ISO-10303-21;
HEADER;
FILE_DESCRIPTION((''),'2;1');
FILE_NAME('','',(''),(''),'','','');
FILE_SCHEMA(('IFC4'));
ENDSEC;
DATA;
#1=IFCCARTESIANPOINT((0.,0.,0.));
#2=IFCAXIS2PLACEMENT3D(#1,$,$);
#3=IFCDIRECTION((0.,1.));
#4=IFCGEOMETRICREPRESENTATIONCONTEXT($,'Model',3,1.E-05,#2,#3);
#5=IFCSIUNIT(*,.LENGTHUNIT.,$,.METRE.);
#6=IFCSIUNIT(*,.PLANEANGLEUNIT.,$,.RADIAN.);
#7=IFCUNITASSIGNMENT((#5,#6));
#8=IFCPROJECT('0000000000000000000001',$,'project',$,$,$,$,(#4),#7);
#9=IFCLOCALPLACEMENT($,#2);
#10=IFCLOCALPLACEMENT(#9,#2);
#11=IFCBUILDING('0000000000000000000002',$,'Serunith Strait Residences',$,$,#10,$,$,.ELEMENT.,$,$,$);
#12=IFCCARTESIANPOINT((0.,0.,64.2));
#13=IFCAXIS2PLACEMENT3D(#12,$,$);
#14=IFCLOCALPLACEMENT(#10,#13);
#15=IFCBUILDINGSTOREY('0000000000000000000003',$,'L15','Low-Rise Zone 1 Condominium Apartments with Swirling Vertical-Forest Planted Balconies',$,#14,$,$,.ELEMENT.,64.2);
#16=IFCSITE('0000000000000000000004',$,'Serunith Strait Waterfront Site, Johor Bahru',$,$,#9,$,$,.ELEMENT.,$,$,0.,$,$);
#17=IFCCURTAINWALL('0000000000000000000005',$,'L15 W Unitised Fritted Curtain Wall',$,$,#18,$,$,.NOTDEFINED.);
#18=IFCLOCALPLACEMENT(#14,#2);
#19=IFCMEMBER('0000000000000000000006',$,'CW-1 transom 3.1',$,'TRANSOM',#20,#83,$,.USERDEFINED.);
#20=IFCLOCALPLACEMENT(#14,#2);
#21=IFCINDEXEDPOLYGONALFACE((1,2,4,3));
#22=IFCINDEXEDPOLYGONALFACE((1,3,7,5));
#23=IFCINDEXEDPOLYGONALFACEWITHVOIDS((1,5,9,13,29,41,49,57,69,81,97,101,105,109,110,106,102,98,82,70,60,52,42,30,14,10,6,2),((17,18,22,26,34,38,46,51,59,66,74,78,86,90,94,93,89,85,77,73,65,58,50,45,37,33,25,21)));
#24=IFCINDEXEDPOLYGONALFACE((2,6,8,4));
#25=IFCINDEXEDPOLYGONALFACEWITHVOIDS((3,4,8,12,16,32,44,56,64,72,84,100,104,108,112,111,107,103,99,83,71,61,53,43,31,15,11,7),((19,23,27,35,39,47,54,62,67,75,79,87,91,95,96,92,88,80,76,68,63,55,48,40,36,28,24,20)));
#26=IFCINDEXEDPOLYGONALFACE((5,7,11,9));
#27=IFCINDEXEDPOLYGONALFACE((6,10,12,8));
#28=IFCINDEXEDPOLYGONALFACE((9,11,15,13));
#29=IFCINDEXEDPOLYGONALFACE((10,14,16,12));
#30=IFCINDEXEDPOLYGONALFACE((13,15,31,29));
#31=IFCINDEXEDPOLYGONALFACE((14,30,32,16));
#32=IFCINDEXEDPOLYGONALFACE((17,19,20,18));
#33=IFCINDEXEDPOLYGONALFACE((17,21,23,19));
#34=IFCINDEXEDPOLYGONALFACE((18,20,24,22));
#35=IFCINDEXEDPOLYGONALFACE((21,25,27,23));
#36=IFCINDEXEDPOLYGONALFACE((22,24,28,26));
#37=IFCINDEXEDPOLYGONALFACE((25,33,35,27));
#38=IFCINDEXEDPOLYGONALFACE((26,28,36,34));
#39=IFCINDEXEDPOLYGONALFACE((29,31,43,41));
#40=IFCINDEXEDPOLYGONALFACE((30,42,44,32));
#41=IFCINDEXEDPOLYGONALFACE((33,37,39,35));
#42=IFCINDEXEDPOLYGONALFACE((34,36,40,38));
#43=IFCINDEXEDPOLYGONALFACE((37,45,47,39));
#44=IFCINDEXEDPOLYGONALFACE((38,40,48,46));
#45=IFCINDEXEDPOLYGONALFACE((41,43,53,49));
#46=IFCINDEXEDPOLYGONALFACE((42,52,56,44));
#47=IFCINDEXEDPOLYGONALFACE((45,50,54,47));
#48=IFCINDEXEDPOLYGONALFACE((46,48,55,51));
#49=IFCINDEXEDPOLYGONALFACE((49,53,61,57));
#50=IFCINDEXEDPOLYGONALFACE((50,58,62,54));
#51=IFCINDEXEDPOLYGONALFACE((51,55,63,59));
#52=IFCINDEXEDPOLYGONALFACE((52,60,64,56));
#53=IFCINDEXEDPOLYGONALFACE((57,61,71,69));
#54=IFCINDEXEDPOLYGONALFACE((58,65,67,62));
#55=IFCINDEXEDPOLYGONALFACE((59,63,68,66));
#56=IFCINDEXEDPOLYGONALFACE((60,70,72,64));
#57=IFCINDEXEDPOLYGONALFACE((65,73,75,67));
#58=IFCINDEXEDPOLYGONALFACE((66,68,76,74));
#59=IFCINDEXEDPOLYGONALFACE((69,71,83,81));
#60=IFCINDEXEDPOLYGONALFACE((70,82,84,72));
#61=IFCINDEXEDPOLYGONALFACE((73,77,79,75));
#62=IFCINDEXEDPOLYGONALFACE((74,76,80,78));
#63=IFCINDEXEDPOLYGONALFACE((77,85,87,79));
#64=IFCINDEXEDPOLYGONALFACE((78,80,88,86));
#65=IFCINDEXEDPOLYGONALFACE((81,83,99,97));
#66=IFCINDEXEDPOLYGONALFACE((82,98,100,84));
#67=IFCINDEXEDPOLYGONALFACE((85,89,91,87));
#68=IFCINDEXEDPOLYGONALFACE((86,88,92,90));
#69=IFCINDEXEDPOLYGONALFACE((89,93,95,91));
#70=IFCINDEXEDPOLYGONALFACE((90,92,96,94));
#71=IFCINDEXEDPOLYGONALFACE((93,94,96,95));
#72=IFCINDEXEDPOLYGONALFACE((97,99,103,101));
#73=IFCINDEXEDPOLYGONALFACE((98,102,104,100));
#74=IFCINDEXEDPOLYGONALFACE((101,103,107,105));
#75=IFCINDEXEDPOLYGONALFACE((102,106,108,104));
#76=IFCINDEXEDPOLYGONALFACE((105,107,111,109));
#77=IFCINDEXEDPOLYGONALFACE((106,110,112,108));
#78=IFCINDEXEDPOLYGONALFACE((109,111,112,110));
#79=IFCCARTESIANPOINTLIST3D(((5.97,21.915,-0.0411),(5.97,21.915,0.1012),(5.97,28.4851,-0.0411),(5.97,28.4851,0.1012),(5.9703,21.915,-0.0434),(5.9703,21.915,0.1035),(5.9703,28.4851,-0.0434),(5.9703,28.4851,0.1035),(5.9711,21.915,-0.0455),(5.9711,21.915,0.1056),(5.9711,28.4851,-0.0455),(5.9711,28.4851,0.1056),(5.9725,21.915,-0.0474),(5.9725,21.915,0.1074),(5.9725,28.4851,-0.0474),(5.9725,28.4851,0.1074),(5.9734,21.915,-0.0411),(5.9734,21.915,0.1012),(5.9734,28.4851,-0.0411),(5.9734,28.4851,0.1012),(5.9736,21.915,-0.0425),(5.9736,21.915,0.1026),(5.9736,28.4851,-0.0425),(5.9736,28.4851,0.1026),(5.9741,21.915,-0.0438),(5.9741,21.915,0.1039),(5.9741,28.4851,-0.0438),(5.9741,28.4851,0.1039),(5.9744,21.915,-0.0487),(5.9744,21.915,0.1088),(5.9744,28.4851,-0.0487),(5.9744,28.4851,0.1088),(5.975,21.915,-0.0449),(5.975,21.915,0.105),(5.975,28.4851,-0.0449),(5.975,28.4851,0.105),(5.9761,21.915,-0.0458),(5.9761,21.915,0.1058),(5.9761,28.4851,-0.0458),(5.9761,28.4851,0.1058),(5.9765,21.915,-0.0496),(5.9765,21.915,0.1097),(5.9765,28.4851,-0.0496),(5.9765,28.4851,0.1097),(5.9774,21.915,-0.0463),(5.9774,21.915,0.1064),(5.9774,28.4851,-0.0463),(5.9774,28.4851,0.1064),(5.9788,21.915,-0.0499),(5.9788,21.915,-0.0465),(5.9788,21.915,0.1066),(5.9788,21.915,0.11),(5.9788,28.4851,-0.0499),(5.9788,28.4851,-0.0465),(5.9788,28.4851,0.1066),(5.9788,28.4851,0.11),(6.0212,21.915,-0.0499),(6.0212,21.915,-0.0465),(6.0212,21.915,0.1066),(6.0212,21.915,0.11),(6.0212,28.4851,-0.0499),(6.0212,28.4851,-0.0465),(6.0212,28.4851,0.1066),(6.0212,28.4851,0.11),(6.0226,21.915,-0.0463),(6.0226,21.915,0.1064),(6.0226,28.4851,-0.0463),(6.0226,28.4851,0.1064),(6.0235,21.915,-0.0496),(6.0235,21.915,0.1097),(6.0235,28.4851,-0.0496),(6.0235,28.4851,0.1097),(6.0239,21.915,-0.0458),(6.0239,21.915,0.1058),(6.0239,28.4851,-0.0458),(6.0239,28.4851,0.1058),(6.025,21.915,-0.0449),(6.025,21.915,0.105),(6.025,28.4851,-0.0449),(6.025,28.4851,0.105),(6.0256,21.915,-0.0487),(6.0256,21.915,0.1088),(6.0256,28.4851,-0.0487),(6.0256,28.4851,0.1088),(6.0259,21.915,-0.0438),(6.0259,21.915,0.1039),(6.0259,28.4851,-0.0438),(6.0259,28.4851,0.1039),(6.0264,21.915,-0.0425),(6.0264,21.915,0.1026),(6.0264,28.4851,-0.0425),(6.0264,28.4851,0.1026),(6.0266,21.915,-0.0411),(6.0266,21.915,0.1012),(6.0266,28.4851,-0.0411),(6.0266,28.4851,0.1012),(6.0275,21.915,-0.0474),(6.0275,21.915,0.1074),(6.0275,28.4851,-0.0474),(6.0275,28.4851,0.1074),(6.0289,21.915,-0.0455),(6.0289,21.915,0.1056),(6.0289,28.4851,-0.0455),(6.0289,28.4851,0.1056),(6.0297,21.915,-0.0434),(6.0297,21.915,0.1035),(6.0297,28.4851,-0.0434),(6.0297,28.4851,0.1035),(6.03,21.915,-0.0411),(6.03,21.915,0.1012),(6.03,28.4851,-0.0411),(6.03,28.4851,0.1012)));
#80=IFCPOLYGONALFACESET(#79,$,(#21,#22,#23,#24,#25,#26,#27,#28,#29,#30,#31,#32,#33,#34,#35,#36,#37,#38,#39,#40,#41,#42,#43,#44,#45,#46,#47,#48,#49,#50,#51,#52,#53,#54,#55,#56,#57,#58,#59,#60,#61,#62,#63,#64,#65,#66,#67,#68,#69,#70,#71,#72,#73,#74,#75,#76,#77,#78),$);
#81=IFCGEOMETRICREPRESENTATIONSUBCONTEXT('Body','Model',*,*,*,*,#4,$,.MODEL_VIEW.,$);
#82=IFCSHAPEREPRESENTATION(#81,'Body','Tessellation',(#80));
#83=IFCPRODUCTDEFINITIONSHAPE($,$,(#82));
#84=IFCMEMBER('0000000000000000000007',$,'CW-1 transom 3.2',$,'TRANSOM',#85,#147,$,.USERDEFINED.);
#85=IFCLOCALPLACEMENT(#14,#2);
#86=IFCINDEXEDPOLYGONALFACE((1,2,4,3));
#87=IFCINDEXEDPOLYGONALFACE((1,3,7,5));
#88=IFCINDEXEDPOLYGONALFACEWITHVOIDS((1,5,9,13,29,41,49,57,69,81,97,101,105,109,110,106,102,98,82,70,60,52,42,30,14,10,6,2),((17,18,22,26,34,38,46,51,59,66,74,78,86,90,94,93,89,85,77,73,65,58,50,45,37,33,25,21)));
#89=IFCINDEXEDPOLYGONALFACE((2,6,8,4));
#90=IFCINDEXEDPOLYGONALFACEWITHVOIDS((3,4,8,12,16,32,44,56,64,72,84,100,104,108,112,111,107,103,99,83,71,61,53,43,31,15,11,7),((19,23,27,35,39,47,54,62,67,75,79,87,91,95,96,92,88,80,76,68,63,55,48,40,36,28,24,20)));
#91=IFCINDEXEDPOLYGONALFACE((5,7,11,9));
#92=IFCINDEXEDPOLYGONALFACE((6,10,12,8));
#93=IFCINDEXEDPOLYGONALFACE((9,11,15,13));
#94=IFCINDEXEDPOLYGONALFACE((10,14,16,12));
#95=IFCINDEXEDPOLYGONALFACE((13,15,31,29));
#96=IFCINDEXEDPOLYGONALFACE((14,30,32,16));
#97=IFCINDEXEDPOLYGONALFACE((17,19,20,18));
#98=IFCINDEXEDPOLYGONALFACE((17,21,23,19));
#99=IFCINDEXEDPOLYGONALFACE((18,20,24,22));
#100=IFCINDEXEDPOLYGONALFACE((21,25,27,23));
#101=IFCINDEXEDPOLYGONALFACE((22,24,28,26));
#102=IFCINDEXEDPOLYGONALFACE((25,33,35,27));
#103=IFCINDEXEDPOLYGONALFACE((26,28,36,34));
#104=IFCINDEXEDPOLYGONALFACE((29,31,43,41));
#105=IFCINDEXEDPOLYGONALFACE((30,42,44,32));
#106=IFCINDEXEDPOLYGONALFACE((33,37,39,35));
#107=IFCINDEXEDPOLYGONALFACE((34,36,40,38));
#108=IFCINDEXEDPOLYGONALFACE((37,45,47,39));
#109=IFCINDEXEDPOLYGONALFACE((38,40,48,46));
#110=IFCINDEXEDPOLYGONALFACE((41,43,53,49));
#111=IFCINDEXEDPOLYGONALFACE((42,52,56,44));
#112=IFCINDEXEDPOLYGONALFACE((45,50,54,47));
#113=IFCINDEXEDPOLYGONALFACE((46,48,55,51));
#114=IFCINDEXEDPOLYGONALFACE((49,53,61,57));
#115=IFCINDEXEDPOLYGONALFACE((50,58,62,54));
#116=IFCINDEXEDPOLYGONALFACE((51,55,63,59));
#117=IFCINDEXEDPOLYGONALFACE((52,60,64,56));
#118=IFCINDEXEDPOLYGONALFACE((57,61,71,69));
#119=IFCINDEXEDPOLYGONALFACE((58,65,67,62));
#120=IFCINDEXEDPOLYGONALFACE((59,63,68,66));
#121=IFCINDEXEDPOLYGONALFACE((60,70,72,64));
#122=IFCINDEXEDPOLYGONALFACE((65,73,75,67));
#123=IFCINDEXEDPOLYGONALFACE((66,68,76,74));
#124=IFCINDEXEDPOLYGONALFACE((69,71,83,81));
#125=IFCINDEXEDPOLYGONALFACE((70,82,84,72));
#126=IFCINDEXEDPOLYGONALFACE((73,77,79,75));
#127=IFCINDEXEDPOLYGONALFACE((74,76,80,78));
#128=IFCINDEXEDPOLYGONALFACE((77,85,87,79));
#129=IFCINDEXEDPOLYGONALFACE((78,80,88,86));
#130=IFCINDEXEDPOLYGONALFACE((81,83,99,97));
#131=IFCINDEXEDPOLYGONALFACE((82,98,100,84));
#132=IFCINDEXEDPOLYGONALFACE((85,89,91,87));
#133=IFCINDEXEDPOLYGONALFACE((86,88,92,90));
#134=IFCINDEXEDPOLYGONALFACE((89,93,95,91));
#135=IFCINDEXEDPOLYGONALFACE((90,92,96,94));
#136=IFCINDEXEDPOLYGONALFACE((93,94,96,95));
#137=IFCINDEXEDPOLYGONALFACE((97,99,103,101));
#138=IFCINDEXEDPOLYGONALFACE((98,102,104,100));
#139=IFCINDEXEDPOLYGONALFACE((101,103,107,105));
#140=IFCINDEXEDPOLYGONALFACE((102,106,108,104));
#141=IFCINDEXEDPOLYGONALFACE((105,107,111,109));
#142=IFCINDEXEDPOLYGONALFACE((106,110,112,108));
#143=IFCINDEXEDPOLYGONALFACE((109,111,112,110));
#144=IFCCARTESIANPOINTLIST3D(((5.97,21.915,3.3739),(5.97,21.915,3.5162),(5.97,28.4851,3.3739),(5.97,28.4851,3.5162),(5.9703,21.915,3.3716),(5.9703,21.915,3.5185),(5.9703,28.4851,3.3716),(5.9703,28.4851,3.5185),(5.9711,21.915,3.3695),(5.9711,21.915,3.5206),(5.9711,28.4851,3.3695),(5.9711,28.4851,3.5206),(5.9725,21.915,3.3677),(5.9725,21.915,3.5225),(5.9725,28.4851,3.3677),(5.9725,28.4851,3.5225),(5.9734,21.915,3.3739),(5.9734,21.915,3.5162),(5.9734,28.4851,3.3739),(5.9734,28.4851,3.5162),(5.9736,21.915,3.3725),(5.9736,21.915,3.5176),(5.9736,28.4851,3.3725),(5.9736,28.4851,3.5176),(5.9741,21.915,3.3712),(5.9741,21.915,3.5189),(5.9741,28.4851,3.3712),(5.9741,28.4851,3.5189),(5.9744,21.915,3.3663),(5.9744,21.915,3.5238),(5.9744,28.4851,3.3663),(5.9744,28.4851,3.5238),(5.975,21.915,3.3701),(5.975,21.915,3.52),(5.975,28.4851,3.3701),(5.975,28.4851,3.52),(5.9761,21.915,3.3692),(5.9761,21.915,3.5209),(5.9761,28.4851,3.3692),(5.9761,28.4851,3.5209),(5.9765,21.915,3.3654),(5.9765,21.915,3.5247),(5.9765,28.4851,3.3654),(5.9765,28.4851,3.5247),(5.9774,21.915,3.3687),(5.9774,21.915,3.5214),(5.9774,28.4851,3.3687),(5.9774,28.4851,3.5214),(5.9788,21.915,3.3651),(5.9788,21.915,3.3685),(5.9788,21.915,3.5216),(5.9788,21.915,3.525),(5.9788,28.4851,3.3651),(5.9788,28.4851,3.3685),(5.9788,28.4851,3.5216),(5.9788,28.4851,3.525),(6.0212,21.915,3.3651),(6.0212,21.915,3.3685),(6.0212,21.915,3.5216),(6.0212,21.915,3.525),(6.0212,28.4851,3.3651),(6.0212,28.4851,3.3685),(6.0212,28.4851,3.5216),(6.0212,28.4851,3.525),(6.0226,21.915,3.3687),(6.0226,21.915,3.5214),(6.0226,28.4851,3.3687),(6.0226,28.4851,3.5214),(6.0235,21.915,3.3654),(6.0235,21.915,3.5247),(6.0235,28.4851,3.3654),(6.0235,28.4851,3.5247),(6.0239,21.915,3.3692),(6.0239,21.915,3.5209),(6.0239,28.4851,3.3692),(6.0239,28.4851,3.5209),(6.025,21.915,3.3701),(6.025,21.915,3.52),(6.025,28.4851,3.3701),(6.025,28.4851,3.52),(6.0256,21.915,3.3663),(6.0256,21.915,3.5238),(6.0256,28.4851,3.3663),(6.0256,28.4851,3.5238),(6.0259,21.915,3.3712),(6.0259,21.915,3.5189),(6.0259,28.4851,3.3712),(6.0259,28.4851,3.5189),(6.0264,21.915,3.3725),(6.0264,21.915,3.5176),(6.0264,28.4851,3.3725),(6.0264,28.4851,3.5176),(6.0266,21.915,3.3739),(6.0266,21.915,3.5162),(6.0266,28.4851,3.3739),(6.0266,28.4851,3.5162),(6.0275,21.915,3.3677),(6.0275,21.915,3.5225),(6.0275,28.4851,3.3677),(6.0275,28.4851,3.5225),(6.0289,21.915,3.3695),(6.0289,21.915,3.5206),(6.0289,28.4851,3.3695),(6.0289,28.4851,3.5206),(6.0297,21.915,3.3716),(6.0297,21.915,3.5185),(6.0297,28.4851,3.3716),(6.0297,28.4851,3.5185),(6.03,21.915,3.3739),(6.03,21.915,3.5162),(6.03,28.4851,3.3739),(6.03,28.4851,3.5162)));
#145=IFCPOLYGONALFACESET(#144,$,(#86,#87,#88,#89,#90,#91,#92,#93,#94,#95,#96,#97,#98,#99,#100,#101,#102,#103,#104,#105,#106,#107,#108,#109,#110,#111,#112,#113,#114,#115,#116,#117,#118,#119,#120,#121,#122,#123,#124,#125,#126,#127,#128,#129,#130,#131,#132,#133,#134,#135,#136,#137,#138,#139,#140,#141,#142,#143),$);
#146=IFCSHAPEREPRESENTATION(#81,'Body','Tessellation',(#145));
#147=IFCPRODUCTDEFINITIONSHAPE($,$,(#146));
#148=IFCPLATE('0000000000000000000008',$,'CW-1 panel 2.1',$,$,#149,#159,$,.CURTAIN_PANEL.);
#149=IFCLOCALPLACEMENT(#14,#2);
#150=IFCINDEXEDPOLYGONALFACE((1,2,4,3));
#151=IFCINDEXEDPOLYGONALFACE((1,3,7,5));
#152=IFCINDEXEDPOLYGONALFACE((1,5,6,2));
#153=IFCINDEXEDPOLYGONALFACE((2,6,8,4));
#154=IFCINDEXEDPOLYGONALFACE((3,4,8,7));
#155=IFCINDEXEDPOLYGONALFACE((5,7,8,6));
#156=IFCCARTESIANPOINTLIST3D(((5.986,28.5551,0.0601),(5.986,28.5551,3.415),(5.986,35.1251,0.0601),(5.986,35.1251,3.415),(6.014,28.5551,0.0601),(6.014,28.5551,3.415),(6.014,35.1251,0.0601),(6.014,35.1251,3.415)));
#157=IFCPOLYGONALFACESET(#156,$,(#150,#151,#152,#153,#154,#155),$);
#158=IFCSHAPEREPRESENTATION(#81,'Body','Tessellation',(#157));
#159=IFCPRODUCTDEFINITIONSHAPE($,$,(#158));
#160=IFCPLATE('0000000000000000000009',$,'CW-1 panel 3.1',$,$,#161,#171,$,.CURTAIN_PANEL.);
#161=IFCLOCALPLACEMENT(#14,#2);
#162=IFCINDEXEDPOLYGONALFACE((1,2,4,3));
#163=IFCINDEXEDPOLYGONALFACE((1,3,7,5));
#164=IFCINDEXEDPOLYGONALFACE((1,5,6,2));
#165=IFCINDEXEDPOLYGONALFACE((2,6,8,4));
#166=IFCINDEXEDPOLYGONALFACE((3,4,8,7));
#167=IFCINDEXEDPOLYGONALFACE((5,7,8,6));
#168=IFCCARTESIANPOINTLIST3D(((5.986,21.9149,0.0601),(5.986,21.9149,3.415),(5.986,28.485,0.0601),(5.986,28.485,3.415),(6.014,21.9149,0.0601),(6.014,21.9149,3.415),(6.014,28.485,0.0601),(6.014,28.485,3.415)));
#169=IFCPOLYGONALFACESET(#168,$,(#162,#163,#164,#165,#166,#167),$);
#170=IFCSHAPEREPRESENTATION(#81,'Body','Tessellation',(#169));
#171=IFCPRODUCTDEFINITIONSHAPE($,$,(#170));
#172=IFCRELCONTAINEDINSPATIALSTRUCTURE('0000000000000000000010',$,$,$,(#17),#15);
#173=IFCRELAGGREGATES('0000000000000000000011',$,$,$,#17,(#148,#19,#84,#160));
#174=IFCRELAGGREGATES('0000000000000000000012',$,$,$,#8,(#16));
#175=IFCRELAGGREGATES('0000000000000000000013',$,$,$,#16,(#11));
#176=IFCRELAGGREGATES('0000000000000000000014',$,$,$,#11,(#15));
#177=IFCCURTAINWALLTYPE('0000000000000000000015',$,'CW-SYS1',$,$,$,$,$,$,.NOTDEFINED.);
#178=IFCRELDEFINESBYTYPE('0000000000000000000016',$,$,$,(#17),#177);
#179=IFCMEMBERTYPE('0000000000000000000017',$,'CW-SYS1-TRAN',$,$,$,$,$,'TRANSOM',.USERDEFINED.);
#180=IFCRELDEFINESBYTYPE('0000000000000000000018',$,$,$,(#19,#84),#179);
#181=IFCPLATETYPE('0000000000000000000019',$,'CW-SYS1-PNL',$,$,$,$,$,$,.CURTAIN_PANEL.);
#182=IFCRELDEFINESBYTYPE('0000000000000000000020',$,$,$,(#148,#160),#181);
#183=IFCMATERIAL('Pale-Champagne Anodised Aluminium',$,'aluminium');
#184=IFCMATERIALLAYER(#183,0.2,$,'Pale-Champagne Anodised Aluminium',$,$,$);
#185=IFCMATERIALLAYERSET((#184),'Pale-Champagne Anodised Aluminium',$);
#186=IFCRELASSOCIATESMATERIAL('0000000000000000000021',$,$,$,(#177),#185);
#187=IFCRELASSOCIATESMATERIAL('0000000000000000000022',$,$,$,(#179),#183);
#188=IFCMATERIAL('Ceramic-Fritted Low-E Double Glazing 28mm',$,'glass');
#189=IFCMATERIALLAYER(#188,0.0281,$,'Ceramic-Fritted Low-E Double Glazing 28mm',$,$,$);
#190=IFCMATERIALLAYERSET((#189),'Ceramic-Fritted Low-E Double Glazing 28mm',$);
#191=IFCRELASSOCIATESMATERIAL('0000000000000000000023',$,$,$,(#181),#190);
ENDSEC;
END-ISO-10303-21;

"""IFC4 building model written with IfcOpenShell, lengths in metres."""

from ifc_helpers import new_model, si_unit, direction, frame, origin, origin_2d, place, context, subcontext, project, spatial, rectangle, hollow_rectangle, extrude, source, transform, mapped, material, layer, layer_set, material_profile, profile_set, type_object, element, aggregate, save


model = new_model("IFC4")

# Units and contexts
model_context = context("Model", 3, precision=1e-05, world=origin(), true_north=direction((0.0, 1.0)))
body_context = subcontext(model_context, "Body", "Model", "MODEL_VIEW")
ifc_project = project(units=[si_unit("LENGTHUNIT", "METRE"), si_unit("PLANEANGLEUNIT", "RADIAN")], contexts=[model_context])

# Site, building, storey
site_placement = place(None, origin())
site = spatial("IfcSite", under=ifc_project, at=site_placement, Name="Serunith Strait Waterfront Site, Johor Bahru", CompositionType="ELEMENT", RefElevation=0.0)
building_placement = place(site_placement, origin())
building = spatial("IfcBuilding", under=site, at=building_placement, Name="Serunith Strait Residences", CompositionType="ELEMENT")
storey_placement = place(building_placement, frame((0.0, 0.0, 64.2)))
storey = spatial("IfcBuildingStorey", under=building, at=storey_placement, Name="L15", Description="Low-Rise Zone 1 Condominium Apartments with Swirling Vertical-Forest Planted Balconies", CompositionType="ELEMENT", Elevation=64.2)

# Curtain wall, members, plates
ifc_material_1 = material(Name="Pale-Champagne Anodised Aluminium", Category="aluminium")
ifc_layer_1 = layer(ifc_material_1, 0.2, Name="Pale-Champagne Anodised Aluminium")
ifc_layer_set_1 = layer_set([ifc_layer_1], Name="Pale-Champagne Anodised Aluminium")
curtain_wall_type = type_object("IfcCurtainWallType", Name="CW-SYS1", PredefinedType="NOTDEFINED", material=ifc_layer_set_1)
curtain_wall_placement = place(storey_placement, origin())
curtain_wall = element("IfcCurtainWall", 1, at=curtain_wall_placement, inside=storey, type_object=curtain_wall_type, Name="L15 W Unitised Fritted Curtain Wall", PredefinedType="NOTDEFINED")
ifc_material_profile_1 = material_profile(ifc_material_1, hollow_rectangle(XDim=0.0601, YDim=0.1599, WallThickness=0.0034, InnerFilletRadius=0.0054, OuterFilletRadius=0.0088, at=origin_2d()), Name="ALU 160x60x3.5")
ifc_profile_set_1 = profile_set([ifc_material_profile_1], Name="Pale-Champagne Anodised Aluminium")
member_type_1 = type_object("IfcMemberType", Name="CW-SYS1-TRAN", ElementType="TRANSOM", PredefinedType="USERDEFINED", material=ifc_profile_set_1)
shared_shape_1 = source(origin(), body_context, "Body", "SweptSolid", [
    extrude(hollow_rectangle(XDim=0.0601, YDim=0.1599, WallThickness=0.0034, InnerFilletRadius=0.0054, OuterFilletRadius=0.0088, at=origin_2d()), origin(), (0.0, 0.0, 1.0), 6.5701),
])
member_1_placement = place(storey_placement, frame((6.0, 28.4851, 0.03), z_axis=(0.0, -1.0, 0.0), x_axis=(1.0, 0.0, 0.0)))
member_1 = element("IfcMember", 2, at=member_1_placement, type_object=member_type_1, Name="CW-1 transom 3.1", ObjectType="TRANSOM", PredefinedType="USERDEFINED", context=body_context, shape_type="MappedRepresentation", body=[
    mapped(shared_shape_1, transform((0.0, 0.0, 0.0), scale=1.0)),
])
member_2_placement = place(storey_placement, frame((6.0, 28.4851, 3.4451), z_axis=(0.0, -1.0, 0.0), x_axis=(1.0, 0.0, 0.0)))
member_2 = element("IfcMember", 3, at=member_2_placement, type_object=member_type_1, Name="CW-1 transom 3.2", ObjectType="TRANSOM", PredefinedType="USERDEFINED", context=body_context, shape_type="MappedRepresentation", body=[
    mapped(shared_shape_1, transform((0.0, 0.0, 0.0), scale=1.0)),
])
ifc_material_2 = material(Name="Ceramic-Fritted Low-E Double Glazing 28mm", Category="glass")
ifc_layer_2 = layer(ifc_material_2, 0.0281, Name="Ceramic-Fritted Low-E Double Glazing 28mm")
ifc_layer_set_2 = layer_set([ifc_layer_2], Name="Ceramic-Fritted Low-E Double Glazing 28mm")
plate_type = type_object("IfcPlateType", Name="CW-SYS1-PNL", PredefinedType="CURTAIN_PANEL", material=ifc_layer_set_2)
shared_shape_2 = source(origin(), body_context, "Body", "SweptSolid", [
    extrude(rectangle(XDim=6.5701, YDim=0.0281, at=origin_2d()), origin(), (0.0, 0.0, 1.0), 3.355),
])
plate_1_placement = place(storey_placement, frame((6.0, 31.8401, 0.0601), z_axis=(0.0, 0.0, 1.0), x_axis=(0.0, -1.0, 0.0)))
plate_1 = element("IfcPlate", 4, at=plate_1_placement, type_object=plate_type, Name="CW-1 panel 2.1", PredefinedType="CURTAIN_PANEL", context=body_context, shape_type="MappedRepresentation", body=[
    mapped(shared_shape_2, transform((0.0, 0.0, 0.0), scale=1.0)),
])
plate_2_placement = place(storey_placement, frame((6.0, 25.2, 0.0601), z_axis=(0.0, 0.0, 1.0), x_axis=(0.0, -1.0, 0.0)))
plate_2 = element("IfcPlate", 5, at=plate_2_placement, type_object=plate_type, Name="CW-1 panel 3.1", PredefinedType="CURTAIN_PANEL", context=body_context, shape_type="MappedRepresentation", body=[
    mapped(shared_shape_2, transform((0.0, 0.0, 0.0), scale=1.0)),
])
aggregate(curtain_wall, [plate_1, member_1, member_2, plate_2])

save(model, "model.ifc")
